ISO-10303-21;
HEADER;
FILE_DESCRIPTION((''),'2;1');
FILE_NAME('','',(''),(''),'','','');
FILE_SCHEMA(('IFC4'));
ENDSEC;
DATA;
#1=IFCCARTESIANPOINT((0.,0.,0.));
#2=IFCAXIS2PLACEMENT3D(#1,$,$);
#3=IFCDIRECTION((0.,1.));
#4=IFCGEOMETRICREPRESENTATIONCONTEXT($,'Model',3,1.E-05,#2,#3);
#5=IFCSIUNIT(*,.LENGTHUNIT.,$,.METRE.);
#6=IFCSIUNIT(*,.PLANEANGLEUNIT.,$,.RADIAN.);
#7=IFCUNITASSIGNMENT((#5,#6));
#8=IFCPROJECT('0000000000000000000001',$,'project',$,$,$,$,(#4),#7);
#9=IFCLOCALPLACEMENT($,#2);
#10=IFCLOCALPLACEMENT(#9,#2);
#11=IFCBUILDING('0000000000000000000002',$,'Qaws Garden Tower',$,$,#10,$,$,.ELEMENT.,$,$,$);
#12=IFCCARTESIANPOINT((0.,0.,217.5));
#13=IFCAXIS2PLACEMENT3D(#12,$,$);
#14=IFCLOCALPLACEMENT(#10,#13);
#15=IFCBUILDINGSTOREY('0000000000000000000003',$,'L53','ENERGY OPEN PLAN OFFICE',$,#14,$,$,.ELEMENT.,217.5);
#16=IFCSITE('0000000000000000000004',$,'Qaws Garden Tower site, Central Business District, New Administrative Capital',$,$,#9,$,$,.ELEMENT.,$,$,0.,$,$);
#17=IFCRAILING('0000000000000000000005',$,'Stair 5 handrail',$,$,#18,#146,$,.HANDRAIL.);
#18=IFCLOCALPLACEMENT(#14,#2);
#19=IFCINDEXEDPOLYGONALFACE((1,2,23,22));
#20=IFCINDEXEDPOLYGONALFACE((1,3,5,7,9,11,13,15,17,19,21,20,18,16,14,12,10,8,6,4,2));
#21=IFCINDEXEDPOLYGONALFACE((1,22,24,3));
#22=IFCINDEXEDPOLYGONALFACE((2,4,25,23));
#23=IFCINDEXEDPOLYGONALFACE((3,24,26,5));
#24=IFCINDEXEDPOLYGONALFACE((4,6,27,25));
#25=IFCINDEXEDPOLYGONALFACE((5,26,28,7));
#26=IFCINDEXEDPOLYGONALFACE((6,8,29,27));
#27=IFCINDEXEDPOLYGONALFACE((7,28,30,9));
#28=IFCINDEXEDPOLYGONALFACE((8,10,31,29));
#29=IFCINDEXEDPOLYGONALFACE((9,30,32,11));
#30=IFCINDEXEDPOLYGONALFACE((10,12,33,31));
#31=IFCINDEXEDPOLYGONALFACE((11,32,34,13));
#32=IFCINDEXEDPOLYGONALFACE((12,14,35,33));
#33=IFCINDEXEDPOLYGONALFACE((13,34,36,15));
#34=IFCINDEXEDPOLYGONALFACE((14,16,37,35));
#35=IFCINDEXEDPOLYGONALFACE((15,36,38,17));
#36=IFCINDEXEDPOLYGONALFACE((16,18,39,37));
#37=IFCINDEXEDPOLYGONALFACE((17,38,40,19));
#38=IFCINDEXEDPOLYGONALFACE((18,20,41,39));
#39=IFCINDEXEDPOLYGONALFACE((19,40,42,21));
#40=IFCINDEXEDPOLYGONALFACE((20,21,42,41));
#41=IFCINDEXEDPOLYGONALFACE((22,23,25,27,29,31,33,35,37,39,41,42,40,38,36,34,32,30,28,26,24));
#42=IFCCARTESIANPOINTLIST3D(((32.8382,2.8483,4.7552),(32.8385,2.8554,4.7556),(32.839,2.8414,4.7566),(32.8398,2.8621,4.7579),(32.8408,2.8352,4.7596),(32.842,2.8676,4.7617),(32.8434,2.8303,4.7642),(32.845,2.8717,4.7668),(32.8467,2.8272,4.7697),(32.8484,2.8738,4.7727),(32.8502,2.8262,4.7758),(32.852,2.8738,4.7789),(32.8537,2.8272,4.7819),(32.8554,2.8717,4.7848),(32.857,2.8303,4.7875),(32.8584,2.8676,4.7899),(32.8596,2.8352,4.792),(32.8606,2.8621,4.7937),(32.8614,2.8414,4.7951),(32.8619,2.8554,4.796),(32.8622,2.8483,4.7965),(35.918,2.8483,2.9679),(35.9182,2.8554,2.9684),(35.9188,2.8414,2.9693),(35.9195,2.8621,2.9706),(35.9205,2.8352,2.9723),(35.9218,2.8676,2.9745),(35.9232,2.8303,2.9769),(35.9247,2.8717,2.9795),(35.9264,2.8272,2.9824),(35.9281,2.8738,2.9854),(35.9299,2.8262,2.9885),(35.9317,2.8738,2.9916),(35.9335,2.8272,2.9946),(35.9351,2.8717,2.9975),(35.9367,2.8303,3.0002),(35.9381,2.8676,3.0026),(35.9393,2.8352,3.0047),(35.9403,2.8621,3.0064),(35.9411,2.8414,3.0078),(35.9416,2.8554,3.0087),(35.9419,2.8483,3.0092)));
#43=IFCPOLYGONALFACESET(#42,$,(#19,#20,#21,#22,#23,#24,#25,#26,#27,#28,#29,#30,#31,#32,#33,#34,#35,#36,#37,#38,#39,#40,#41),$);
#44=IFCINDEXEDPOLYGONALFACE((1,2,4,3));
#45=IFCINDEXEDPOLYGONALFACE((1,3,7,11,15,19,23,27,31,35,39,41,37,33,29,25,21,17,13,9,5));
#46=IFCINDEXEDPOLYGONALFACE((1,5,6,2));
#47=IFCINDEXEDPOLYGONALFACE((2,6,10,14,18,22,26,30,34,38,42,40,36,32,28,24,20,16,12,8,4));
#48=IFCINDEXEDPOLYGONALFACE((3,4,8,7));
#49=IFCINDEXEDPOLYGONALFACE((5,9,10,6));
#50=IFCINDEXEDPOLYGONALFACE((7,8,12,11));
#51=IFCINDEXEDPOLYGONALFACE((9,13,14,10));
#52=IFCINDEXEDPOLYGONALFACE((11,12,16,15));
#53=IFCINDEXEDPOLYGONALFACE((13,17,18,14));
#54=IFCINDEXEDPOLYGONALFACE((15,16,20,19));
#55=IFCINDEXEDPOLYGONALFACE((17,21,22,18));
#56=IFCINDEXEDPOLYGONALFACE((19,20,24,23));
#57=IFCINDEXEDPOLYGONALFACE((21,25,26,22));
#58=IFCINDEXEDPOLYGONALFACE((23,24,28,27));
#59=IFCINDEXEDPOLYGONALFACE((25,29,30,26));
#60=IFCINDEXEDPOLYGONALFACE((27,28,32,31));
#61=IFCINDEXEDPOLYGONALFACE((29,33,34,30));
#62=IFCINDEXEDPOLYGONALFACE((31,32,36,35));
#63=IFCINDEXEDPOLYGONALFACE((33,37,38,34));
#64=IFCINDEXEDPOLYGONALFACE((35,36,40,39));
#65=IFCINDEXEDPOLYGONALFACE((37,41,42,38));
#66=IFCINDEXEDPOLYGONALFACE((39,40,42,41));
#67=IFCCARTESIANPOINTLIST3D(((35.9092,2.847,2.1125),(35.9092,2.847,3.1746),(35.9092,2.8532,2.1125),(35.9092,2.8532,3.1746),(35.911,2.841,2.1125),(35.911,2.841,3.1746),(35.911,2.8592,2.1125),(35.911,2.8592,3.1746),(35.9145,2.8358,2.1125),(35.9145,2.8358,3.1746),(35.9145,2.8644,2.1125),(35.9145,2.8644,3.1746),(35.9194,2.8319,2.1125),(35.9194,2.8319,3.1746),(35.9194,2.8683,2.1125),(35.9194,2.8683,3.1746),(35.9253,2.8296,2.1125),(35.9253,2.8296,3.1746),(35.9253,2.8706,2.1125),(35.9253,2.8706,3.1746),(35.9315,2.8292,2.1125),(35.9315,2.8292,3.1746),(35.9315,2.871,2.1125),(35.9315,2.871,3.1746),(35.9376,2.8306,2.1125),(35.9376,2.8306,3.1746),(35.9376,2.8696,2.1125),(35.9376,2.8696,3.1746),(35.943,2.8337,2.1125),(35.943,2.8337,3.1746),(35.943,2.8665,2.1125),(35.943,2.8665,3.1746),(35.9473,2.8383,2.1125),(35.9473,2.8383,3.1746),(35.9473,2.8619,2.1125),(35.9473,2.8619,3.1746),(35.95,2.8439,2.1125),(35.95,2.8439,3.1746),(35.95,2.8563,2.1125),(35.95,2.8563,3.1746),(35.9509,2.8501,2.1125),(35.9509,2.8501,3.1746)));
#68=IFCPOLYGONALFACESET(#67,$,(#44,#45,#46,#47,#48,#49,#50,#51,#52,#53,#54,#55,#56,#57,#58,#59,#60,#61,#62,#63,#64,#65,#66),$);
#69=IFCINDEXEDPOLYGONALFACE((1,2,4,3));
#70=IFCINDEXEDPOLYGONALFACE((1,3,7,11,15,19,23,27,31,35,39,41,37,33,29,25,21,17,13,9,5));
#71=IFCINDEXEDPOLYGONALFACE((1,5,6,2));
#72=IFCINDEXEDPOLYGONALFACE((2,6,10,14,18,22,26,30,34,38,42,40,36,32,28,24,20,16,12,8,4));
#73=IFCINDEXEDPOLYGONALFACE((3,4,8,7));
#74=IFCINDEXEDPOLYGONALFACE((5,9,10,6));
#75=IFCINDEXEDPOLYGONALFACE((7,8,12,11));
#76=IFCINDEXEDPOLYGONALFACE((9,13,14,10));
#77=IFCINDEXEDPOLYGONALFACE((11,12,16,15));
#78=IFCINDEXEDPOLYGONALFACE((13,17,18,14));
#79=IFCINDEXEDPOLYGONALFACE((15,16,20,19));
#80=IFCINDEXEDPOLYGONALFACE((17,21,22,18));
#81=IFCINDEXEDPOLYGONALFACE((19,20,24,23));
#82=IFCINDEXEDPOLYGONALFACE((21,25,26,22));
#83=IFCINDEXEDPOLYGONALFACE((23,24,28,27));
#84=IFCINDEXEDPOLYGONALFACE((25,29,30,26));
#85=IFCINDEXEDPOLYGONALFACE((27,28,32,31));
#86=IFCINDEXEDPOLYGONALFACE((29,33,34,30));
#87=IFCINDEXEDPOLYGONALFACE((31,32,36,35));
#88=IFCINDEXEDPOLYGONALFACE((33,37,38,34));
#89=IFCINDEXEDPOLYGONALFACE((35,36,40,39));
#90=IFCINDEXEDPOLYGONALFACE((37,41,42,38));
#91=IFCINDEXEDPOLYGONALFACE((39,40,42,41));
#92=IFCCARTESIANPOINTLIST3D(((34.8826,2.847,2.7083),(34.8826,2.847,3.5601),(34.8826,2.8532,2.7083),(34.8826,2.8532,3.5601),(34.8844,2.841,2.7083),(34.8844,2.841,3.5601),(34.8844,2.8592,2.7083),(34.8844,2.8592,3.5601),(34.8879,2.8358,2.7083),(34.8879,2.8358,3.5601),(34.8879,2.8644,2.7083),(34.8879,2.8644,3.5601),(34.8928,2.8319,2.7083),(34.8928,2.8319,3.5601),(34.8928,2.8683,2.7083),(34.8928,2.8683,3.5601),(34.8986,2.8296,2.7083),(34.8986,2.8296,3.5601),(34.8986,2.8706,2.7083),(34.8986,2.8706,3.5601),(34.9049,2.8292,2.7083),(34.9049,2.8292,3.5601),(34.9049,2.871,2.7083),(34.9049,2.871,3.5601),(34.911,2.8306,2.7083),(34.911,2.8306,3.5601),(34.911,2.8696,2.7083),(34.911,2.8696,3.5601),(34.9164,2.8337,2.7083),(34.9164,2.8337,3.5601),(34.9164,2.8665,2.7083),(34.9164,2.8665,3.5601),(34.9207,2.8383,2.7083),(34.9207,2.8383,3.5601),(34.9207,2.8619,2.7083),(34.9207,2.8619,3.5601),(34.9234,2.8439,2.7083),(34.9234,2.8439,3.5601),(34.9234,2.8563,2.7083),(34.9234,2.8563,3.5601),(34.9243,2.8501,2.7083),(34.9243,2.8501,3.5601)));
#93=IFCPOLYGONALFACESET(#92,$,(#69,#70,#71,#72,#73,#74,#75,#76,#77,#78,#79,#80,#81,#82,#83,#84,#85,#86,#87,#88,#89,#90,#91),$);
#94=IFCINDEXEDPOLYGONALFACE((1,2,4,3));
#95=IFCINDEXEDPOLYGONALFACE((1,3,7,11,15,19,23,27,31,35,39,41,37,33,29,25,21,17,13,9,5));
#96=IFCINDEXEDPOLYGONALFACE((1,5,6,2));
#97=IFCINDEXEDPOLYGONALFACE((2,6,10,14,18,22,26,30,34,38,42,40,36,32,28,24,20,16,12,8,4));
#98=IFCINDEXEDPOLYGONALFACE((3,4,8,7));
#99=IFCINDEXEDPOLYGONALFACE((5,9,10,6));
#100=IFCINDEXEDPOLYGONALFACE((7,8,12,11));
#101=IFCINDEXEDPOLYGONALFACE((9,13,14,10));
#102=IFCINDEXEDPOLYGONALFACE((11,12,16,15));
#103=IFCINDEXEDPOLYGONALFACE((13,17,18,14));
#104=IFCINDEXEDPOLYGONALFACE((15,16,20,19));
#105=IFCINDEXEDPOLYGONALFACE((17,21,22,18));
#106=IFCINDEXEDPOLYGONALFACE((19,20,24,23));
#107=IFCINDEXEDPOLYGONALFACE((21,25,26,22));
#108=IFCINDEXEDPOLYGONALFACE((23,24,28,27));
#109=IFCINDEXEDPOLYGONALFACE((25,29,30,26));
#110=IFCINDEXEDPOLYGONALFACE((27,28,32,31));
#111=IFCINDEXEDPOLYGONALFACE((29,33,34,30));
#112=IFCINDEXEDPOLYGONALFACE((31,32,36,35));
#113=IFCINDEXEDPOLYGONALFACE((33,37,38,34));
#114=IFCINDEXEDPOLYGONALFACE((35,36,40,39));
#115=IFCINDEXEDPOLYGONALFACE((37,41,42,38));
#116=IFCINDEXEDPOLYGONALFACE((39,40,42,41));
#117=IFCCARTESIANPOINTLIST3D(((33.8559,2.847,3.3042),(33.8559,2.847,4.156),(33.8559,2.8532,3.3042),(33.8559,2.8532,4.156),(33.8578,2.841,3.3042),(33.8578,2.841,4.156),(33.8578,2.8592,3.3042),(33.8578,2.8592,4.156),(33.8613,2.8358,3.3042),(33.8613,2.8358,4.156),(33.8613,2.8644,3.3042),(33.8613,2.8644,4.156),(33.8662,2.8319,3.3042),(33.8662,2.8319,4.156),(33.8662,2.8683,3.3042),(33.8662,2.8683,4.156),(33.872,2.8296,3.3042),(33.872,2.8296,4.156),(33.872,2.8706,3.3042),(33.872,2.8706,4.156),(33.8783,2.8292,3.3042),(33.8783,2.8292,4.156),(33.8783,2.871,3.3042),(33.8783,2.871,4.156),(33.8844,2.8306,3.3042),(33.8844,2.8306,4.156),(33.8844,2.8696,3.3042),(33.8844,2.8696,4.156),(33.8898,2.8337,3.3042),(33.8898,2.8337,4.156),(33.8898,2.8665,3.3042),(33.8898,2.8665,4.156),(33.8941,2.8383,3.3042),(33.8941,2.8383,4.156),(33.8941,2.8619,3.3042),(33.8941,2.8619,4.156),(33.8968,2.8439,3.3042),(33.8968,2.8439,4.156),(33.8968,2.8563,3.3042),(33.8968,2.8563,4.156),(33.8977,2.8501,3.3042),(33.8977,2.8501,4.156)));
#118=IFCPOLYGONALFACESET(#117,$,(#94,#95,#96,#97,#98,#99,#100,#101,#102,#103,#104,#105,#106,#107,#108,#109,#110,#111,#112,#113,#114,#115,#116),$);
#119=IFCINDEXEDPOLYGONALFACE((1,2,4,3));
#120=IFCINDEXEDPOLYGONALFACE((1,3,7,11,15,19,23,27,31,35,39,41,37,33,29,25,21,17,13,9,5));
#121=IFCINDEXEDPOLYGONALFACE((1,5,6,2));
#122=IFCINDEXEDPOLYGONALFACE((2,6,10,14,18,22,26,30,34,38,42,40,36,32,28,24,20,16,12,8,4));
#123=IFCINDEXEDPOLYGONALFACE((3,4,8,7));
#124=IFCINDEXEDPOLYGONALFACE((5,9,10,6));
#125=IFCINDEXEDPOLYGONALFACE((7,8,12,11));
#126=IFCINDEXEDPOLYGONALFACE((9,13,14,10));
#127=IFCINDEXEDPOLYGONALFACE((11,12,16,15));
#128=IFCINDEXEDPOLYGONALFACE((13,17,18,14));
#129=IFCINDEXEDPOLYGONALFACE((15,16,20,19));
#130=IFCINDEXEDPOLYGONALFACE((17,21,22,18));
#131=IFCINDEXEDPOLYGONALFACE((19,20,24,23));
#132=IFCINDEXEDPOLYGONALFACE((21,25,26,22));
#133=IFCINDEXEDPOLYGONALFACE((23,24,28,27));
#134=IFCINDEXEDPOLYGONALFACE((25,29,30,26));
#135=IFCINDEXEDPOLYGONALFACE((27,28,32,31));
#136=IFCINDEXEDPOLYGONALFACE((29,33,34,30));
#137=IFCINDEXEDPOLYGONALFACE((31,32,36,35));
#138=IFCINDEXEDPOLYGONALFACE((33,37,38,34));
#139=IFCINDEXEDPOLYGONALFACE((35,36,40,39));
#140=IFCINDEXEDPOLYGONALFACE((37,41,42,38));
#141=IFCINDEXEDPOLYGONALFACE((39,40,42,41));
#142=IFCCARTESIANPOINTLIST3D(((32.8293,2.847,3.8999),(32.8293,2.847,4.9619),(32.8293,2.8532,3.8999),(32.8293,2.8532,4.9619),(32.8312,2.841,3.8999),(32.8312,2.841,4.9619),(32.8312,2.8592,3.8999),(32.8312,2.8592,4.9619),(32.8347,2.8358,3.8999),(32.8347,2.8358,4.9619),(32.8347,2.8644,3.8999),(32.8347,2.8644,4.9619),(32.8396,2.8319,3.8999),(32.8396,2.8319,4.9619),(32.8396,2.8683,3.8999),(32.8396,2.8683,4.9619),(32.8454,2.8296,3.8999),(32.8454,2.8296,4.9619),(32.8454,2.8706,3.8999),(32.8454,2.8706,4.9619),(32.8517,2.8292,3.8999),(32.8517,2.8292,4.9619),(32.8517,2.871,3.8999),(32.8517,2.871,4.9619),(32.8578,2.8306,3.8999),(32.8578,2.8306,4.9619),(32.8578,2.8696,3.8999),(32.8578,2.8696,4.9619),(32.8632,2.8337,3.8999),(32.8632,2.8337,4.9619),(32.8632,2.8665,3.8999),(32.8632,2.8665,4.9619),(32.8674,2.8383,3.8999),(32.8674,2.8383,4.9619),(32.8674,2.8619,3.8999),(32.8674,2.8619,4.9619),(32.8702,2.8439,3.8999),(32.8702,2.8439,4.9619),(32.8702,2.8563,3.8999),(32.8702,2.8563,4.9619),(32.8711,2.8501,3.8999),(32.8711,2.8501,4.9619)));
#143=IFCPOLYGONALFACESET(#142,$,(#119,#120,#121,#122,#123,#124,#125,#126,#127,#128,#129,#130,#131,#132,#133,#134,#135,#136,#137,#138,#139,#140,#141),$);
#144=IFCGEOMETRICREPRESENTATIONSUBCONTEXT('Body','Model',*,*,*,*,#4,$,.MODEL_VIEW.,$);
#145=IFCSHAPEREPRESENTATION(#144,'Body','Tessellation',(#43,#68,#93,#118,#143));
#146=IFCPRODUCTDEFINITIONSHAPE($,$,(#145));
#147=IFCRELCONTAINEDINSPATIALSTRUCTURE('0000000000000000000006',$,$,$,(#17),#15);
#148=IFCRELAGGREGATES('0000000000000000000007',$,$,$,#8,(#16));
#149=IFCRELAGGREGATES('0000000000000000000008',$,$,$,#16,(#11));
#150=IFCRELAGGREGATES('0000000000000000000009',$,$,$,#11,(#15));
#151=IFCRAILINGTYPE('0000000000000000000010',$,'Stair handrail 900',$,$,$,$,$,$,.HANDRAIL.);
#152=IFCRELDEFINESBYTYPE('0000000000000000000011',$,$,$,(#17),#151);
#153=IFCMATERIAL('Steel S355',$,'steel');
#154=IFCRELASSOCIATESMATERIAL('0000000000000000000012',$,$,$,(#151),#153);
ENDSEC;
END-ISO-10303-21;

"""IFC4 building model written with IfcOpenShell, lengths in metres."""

from ifc_helpers import new_model, si_unit, direction, frame, origin, origin_2d, place, context, subcontext, project, spatial, circle, extrude, material, type_object, element, save


model = new_model("IFC4")

# Units and contexts
model_context = context("Model", 3, precision=1e-05, world=origin(), true_north=direction((0.0, 1.0)))
body_context = subcontext(model_context, "Body", "Model", "MODEL_VIEW")
ifc_project = project(units=[si_unit("LENGTHUNIT", "METRE"), si_unit("PLANEANGLEUNIT", "RADIAN")], contexts=[model_context])

# Site, building, storey
site_placement = place(None, origin())
site = spatial("IfcSite", under=ifc_project, at=site_placement, Name="Qaws Garden Tower site, Central Business District, New Administrative Capital", CompositionType="ELEMENT", RefElevation=0.0)
building_placement = place(site_placement, origin())
building = spatial("IfcBuilding", under=site, at=building_placement, Name="Qaws Garden Tower", CompositionType="ELEMENT")
storey_placement = place(building_placement, frame((0.0, 0.0, 217.5)))
storey = spatial("IfcBuildingStorey", under=building, at=storey_placement, Name="L53", Description="ENERGY OPEN PLAN OFFICE", CompositionType="ELEMENT", Elevation=217.5)

# Railing
ifc_material_1 = material(Name="Steel S355", Category="steel")
railing_type = type_object("IfcRailingType", Name="Stair handrail 900", PredefinedType="HANDRAIL", material=ifc_material_1)
railing_1_placement = place(storey_placement, frame((35.9299, 2.8501, 2.1125)))
element("IfcRailing", 1, at=railing_1_placement, inside=storey, type_object=railing_type, Name="Stair 5 handrail", PredefinedType="HANDRAIL", context=body_context, shape_type="SweptSolid", body=[
    extrude(circle(Radius=0.0239, at=origin_2d()), frame((0.0, 0.0, 0.876), z_axis=(-0.864903, 0.0, 0.501939), x_axis=(0.0, -1.0, 0.0)), (0.0, 0.0, 1.0), 3.5608),
    extrude(circle(Radius=0.021, at=origin_2d()), origin(), (0.0, 0.0, 1.0), 1.062),
    extrude(circle(Radius=0.021, at=origin_2d()), frame((-1.0266, 0.0, 0.5957)), (0.0, 0.0, 1.0), 0.8518),
    extrude(circle(Radius=0.021, at=origin_2d()), frame((-2.0532, 0.0, 1.1917)), (0.0, 0.0, 1.0), 0.8518),
    extrude(circle(Radius=0.021, at=origin_2d()), frame((-3.0798, 0.0, 1.7874)), (0.0, 0.0, 1.0), 1.062),
])

save(model, "model.ifc")
